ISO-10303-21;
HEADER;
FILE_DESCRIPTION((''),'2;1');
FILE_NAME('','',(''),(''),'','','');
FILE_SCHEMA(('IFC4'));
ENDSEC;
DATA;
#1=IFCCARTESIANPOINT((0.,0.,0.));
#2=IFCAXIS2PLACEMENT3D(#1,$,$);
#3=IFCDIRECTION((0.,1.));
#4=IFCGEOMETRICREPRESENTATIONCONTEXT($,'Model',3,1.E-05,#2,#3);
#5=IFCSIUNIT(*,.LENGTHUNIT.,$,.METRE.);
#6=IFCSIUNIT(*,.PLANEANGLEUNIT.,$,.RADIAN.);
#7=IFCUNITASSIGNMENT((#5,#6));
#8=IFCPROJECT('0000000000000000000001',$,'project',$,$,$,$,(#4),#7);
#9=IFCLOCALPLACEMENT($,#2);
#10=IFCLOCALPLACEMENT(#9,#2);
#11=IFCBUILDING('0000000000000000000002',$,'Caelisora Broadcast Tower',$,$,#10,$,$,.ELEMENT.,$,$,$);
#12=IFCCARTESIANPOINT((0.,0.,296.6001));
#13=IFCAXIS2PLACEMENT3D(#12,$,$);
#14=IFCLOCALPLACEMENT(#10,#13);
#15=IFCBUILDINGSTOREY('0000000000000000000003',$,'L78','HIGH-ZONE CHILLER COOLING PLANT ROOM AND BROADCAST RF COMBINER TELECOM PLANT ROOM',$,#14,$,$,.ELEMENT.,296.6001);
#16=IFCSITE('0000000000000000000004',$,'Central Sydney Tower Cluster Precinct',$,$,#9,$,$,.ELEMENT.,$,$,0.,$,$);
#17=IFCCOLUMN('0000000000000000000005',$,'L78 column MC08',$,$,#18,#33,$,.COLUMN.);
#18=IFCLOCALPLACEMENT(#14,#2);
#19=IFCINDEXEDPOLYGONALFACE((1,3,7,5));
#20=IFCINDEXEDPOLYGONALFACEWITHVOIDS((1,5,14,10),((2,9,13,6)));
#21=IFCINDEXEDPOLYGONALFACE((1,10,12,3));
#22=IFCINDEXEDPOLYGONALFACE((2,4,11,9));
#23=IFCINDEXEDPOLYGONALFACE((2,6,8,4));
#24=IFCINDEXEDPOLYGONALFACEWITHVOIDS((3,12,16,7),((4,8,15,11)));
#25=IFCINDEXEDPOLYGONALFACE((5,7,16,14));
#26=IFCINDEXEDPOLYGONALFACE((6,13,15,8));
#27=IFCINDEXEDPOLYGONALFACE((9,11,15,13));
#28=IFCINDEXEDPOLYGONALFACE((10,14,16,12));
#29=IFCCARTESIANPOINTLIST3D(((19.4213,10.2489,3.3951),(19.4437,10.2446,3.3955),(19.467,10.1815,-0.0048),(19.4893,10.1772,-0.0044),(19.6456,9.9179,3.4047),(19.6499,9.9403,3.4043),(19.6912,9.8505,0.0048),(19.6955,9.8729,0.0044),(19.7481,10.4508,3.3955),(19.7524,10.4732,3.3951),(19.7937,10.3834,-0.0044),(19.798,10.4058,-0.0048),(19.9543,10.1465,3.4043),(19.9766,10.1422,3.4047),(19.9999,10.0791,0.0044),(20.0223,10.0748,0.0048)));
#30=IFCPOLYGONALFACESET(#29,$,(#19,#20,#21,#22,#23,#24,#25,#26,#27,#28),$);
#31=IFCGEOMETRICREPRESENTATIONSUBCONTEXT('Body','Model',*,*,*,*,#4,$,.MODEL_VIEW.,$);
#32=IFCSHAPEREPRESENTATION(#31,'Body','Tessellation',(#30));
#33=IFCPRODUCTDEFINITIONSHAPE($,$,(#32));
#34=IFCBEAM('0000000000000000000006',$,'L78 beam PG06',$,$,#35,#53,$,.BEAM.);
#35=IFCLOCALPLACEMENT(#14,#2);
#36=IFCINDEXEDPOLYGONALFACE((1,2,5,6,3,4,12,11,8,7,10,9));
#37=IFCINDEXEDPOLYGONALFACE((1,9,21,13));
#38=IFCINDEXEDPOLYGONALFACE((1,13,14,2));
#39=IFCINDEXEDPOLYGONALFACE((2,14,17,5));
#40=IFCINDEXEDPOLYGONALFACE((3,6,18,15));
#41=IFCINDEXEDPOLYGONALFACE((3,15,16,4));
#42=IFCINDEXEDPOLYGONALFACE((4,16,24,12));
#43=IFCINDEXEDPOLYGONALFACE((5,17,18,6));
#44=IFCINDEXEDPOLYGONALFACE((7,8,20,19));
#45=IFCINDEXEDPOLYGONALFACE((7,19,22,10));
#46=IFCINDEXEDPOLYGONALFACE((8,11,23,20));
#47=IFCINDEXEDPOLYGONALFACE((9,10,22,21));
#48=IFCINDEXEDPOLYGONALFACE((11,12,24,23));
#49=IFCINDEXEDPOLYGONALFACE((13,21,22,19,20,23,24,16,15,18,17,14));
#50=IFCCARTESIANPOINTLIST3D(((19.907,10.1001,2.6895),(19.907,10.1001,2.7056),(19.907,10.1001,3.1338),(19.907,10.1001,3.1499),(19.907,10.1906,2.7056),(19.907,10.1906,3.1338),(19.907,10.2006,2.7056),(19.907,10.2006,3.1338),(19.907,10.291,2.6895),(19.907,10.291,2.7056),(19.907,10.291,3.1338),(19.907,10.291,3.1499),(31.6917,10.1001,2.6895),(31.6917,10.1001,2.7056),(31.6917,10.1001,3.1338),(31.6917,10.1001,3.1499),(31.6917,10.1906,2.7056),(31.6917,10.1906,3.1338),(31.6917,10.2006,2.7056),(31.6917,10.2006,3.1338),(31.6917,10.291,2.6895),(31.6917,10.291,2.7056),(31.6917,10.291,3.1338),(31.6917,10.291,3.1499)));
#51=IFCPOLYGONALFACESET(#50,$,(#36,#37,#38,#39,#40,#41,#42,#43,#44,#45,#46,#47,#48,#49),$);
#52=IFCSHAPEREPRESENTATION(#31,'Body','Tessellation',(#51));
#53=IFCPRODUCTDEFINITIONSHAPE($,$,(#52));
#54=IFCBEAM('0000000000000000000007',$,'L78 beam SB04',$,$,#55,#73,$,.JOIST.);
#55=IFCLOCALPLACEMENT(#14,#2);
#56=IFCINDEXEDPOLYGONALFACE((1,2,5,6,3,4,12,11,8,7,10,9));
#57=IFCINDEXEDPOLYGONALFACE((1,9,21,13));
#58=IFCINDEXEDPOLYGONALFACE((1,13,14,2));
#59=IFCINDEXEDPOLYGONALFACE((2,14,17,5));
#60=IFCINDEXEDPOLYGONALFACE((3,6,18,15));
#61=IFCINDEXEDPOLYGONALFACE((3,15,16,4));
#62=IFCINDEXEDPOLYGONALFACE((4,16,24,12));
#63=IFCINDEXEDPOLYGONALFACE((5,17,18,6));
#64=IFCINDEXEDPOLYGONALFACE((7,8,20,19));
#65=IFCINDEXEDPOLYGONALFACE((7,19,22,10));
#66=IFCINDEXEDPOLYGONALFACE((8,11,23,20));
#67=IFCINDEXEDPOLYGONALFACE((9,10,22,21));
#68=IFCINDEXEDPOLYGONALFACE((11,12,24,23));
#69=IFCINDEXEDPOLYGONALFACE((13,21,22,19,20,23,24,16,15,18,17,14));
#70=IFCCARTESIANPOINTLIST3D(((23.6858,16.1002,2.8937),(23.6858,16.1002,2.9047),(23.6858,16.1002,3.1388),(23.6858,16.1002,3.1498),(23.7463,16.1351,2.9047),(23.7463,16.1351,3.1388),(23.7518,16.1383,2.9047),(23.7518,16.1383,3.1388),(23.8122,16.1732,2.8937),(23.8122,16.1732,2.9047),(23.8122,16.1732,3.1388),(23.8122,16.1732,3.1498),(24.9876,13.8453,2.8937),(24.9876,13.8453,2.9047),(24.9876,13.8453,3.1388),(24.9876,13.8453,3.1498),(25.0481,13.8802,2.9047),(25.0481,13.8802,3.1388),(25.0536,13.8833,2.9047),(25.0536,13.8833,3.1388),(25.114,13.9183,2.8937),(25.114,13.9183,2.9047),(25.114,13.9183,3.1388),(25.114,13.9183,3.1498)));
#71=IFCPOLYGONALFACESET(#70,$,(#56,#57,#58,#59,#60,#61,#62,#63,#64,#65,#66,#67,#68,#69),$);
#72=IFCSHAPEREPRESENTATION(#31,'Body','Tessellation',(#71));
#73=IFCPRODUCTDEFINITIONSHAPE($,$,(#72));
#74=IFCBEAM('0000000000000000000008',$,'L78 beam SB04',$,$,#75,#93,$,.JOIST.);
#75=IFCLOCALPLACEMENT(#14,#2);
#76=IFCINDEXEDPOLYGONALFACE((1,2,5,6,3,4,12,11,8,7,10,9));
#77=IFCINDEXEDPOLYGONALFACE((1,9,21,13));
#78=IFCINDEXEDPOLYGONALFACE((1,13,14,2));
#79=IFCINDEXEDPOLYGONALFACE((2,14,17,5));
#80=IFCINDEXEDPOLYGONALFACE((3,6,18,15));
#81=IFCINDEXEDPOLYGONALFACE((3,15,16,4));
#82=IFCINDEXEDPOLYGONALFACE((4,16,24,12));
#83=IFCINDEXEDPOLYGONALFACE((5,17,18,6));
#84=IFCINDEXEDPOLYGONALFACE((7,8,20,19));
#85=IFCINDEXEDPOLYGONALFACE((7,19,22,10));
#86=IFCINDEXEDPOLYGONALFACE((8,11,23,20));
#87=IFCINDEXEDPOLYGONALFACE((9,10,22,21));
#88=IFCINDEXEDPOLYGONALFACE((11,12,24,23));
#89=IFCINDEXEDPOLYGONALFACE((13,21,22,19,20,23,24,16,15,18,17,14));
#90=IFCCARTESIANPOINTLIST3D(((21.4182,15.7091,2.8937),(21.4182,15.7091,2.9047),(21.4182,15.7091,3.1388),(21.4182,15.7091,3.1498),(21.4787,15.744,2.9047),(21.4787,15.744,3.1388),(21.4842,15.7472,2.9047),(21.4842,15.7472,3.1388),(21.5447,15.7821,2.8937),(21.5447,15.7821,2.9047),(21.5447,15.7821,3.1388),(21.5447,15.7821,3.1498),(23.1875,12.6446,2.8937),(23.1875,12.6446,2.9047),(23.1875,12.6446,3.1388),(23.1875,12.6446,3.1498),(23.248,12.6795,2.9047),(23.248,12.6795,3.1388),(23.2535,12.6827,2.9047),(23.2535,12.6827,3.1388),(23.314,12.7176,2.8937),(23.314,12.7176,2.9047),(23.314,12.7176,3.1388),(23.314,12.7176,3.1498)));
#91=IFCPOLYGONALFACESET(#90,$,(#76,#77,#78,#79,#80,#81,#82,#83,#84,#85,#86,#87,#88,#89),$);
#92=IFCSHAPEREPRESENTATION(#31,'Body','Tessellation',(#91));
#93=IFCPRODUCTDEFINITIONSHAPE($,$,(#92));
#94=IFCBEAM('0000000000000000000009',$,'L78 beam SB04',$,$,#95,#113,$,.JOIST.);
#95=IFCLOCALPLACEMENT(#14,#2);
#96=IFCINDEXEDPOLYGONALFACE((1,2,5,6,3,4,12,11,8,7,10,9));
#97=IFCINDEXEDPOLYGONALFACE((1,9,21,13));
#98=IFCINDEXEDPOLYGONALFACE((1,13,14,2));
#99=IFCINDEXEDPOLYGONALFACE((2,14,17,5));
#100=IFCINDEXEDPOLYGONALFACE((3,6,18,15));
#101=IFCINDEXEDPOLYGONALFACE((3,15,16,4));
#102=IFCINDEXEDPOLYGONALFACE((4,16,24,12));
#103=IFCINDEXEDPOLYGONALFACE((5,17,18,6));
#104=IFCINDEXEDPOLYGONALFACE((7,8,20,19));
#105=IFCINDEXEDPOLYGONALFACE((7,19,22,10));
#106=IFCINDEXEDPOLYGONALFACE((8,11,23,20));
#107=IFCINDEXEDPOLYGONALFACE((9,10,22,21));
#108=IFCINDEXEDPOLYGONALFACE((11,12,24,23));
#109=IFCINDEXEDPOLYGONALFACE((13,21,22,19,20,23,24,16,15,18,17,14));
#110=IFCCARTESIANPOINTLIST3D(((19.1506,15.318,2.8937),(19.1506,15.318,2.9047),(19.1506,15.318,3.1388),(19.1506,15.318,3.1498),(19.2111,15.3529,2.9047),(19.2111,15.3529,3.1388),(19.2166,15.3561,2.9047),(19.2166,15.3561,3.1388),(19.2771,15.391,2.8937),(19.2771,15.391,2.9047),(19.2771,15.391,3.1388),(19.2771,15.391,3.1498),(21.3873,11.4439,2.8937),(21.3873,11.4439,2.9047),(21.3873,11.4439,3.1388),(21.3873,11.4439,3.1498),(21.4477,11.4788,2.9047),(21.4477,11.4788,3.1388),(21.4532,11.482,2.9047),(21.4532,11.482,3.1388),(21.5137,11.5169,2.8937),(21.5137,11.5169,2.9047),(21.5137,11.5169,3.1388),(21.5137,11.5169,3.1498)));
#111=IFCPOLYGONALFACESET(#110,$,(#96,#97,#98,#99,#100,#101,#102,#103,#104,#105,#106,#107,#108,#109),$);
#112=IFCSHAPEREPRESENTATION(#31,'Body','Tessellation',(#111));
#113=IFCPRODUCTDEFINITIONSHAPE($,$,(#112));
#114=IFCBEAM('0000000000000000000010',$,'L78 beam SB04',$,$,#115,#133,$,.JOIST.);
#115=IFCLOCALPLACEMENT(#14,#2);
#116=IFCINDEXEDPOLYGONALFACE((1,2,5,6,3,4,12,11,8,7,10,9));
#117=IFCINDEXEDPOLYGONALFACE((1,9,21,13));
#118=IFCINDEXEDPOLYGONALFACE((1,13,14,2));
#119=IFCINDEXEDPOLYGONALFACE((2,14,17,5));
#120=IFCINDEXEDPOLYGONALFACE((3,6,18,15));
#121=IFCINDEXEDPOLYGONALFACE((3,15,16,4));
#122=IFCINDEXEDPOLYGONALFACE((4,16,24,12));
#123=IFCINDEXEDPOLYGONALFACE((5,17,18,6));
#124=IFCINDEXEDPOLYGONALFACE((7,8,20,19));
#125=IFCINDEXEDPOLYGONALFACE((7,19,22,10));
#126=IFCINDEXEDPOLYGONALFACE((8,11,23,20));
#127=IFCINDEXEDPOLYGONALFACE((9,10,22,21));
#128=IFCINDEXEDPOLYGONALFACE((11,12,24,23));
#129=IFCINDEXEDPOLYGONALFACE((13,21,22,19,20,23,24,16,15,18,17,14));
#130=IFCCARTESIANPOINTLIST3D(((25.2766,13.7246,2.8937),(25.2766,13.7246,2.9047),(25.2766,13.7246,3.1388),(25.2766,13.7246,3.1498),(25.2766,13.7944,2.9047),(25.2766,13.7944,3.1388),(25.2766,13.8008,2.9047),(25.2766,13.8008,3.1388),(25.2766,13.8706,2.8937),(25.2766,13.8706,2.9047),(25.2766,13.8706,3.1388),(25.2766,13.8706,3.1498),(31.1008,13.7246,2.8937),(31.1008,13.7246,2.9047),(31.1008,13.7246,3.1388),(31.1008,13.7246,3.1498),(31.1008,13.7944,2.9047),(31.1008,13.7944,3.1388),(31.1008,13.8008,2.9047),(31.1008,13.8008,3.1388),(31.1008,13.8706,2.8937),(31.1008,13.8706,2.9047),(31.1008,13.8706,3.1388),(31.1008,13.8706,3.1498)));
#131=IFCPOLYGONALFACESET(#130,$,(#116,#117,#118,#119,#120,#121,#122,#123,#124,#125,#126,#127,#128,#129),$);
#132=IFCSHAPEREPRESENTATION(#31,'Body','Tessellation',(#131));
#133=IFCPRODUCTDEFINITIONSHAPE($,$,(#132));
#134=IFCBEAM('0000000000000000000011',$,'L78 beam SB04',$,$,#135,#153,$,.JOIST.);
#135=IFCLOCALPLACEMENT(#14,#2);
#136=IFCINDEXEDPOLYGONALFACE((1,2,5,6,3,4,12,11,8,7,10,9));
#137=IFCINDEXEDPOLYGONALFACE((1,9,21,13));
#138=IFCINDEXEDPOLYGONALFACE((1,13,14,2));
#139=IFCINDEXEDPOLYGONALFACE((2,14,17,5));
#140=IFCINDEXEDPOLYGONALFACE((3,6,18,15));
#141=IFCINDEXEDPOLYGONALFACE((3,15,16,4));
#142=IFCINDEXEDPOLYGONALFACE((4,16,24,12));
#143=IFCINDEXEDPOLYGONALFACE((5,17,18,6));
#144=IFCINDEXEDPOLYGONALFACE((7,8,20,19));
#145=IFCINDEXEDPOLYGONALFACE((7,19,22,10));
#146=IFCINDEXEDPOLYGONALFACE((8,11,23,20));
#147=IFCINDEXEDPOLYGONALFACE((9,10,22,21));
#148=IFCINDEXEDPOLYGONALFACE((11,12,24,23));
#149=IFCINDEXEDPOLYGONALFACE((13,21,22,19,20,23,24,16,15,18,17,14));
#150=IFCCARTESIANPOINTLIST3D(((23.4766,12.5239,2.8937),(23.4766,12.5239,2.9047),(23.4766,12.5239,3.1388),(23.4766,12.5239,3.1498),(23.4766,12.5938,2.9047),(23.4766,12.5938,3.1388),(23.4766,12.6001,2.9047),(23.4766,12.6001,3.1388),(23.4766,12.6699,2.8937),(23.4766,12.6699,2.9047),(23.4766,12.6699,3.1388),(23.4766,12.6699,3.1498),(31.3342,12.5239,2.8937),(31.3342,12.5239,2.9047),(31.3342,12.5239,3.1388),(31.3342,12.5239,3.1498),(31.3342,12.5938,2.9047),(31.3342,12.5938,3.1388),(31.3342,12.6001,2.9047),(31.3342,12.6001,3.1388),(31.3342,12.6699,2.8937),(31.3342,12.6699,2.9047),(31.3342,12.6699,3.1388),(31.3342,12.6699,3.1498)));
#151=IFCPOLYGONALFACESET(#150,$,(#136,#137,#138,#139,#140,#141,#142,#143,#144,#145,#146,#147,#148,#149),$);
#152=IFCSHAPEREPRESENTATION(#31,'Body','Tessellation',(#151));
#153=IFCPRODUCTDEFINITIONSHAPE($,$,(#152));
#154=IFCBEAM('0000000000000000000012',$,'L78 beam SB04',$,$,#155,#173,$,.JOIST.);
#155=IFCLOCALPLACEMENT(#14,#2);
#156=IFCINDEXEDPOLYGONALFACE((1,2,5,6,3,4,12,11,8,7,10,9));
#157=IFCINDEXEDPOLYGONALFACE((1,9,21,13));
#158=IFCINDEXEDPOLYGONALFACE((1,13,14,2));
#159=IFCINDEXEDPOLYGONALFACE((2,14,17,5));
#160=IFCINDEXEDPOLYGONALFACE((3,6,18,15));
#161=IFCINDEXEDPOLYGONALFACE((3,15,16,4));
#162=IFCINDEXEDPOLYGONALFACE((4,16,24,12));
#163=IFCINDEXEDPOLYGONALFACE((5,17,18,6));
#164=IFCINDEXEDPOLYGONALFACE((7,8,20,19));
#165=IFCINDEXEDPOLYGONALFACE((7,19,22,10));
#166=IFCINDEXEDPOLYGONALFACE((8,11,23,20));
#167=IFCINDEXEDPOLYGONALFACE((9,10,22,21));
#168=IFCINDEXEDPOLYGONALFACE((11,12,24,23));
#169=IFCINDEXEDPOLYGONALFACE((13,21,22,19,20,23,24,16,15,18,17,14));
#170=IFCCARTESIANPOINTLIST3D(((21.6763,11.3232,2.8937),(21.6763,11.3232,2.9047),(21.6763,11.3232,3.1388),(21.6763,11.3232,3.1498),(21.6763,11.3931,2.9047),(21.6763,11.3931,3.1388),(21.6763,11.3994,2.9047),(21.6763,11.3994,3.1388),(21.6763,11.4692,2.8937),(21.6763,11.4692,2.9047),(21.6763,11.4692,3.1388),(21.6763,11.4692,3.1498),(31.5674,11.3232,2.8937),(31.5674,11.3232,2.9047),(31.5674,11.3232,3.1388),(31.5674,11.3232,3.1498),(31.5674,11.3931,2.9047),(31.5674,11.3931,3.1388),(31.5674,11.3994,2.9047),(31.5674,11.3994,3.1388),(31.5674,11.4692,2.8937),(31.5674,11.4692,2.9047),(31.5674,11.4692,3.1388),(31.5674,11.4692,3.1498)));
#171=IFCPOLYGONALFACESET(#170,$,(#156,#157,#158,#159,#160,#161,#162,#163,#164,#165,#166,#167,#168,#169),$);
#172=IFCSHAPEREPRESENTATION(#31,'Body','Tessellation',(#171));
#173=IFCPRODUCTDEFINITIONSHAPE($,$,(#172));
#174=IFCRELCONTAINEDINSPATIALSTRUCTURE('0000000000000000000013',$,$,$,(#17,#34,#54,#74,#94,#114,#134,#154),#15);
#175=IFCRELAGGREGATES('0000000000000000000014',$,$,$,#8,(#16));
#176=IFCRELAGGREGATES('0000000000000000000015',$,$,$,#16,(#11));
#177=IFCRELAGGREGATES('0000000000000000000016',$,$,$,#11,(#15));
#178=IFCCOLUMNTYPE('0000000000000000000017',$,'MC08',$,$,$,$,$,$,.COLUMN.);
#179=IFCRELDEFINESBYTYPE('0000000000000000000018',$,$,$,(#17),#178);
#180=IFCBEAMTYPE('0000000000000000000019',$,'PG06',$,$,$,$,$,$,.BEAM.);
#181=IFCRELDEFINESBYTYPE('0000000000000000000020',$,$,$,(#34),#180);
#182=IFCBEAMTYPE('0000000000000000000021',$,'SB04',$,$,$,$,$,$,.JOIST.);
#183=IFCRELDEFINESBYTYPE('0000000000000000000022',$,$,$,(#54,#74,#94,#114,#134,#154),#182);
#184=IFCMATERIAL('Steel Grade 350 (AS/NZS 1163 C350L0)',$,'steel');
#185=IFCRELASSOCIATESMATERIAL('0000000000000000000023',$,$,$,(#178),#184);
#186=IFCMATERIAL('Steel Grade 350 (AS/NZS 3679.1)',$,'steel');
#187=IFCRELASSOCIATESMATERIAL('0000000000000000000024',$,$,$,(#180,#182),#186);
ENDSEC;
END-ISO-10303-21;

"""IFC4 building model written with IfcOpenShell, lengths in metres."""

from ifc_helpers import new_model, si_unit, direction, frame, origin, origin_2d, place, context, subcontext, project, spatial, hollow_rectangle, i_section, extrude, source, transform, mapped, material, material_profile, profile_set, type_object, type_shapes, element, save


model = new_model("IFC4")

# Units and contexts
model_context = context("Model", 3, precision=1e-05, world=origin(), true_north=direction((0.0, 1.0)))
body_context = subcontext(model_context, "Body", "Model", "MODEL_VIEW")
ifc_project = project(units=[si_unit("LENGTHUNIT", "METRE"), si_unit("PLANEANGLEUNIT", "RADIAN")], contexts=[model_context])

# Site, building, storey
site_placement = place(None, origin())
site = spatial("IfcSite", under=ifc_project, at=site_placement, Name="Central Sydney Tower Cluster Precinct", CompositionType="ELEMENT", RefElevation=0.0)
building_placement = place(site_placement, origin())
building = spatial("IfcBuilding", under=site, at=building_placement, Name="Caelisora Broadcast Tower", CompositionType="ELEMENT")
storey_placement = place(building_placement, frame((0.0, 0.0, 296.6001)))
storey = spatial("IfcBuildingStorey", under=building, at=storey_placement, Name="L78", Description="HIGH-ZONE CHILLER COOLING PLANT ROOM AND BROADCAST RF COMBINER TELECOM PLANT ROOM", CompositionType="ELEMENT", Elevation=296.6001)

# Column
ifc_material_1 = material(Name="Steel Grade 350 (AS/NZS 1163 C350L0)", Category="steel")
ifc_material_profile_1 = material_profile(ifc_material_1, hollow_rectangle(XDim=0.3999, YDim=0.3999, WallThickness=0.0161, at=origin_2d()), Name="Steel Grade 350 (AS/NZS 1163 C350L0)")
ifc_profile_set_1 = profile_set([ifc_material_profile_1], Name="Steel Grade 350 (AS/NZS 1163 C350L0)")
column_type = type_object("IfcColumnType", Name="MC08", PredefinedType="COLUMN", material=ifc_profile_set_1)
shared_shape_1 = source(origin(), body_context, "Body", "SweptSolid", [
    extrude(hollow_rectangle(XDim=0.3999, YDim=0.3999, WallThickness=0.0161, at=origin_2d()), origin(), (0.0, 0.0, 1.0), 3.4009),
])
type_shapes(column_type, [shared_shape_1])
column_placement = place(storey_placement, frame((19.7446, 10.1282, 0.0), z_axis=(-0.013424, 0.019813, 0.999714), x_axis=(-0.827874, -0.560914, 0.0)))
element("IfcColumn", 1, at=column_placement, inside=storey, type_object=column_type, Name="L78 column MC08", PredefinedType="COLUMN", context=body_context, shape_type="MappedRepresentation", body=[
    mapped(shared_shape_1, transform((0.0, 0.0, 0.0), scale=1.0)),
])

# Beams
ifc_material_2 = material(Name="Steel Grade 350 (AS/NZS 3679.1)", Category="steel")
ifc_material_profile_2 = material_profile(ifc_material_2, i_section(OverallWidth=0.1909, OverallDepth=0.4604, WebThickness=0.01, FlangeThickness=0.0161, at=origin_2d()), Name="Steel Grade 350 (AS/NZS 3679.1)")
ifc_profile_set_2 = profile_set([ifc_material_profile_2], Name="Steel Grade 350 (AS/NZS 3679.1)")
beam_type_1 = type_object("IfcBeamType", Name="PG06", PredefinedType="BEAM", material=ifc_profile_set_2)
shared_shape_2 = source(origin(), body_context, "Body", "SweptSolid", [
    extrude(i_section(OverallWidth=0.1909, OverallDepth=0.4604, WebThickness=0.01, FlangeThickness=0.0161, at=origin_2d()), origin(), (0.0, 0.0, 1.0), 11.7847),
])
type_shapes(beam_type_1, [shared_shape_2])
beam_1_placement = place(storey_placement, frame((19.907, 10.1956, 2.9197), z_axis=(1.0, 0.0, 0.0), x_axis=(0.0, 1.0, 0.0)))
element("IfcBeam", 2, at=beam_1_placement, inside=storey, type_object=beam_type_1, Name="L78 beam PG06", PredefinedType="BEAM", context=body_context, shape_type="MappedRepresentation", body=[
    mapped(shared_shape_2, transform((0.0, 0.0, 0.0), scale=1.0)),
])
ifc_material_profile_3 = material_profile(ifc_material_2, i_section(OverallWidth=0.146, OverallDepth=0.2561, WebThickness=0.0063, FlangeThickness=0.011, at=origin_2d()), Name="Steel Grade 350 (AS/NZS 3679.1)")
ifc_profile_set_3 = profile_set([ifc_material_profile_3], Name="Steel Grade 350 (AS/NZS 3679.1)")
beam_type_2 = type_object("IfcBeamType", Name="SB04", PredefinedType="JOIST", material=ifc_profile_set_3)
shared_shape_3 = source(origin(), body_context, "Body", "SweptSolid", [
    extrude(i_section(OverallWidth=0.146, OverallDepth=0.2561, WebThickness=0.0063, FlangeThickness=0.011, at=origin_2d()), origin(), (0.0, 0.0, 1.0), 2.6038),
])
beam_2_placement = place(storey_placement, frame((23.749, 16.1367, 3.0217), z_axis=(0.499971, -0.866042, 0.0), x_axis=(0.866042, 0.499971, 0.0)))
element("IfcBeam", 3, at=beam_2_placement, inside=storey, type_object=beam_type_2, Name="L78 beam SB04", PredefinedType="JOIST", context=body_context, shape_type="MappedRepresentation", body=[
    mapped(shared_shape_3, transform((0.0, 0.0, 0.0), scale=1.0)),
])
shared_shape_4 = source(origin(), body_context, "Body", "SweptSolid", [
    extrude(i_section(OverallWidth=0.146, OverallDepth=0.2561, WebThickness=0.0063, FlangeThickness=0.011, at=origin_2d()), origin(), (0.0, 0.0, 1.0), 3.5386),
])
beam_3_placement = place(storey_placement, frame((21.4814, 15.7456, 3.0217), z_axis=(0.500005, -0.866022, 0.0), x_axis=(0.866022, 0.500005, 0.0)))
element("IfcBeam", 4, at=beam_3_placement, inside=storey, type_object=beam_type_2, Name="L78 beam SB04", PredefinedType="JOIST", context=body_context, shape_type="MappedRepresentation", body=[
    mapped(shared_shape_4, transform((0.0, 0.0, 0.0), scale=1.0)),
])
shared_shape_5 = source(origin(), body_context, "Body", "SweptSolid", [
    extrude(i_section(OverallWidth=0.146, OverallDepth=0.2561, WebThickness=0.0063, FlangeThickness=0.011, at=origin_2d()), origin(), (0.0, 0.0, 1.0), 4.4734),
])
beam_4_placement = place(storey_placement, frame((19.2139, 15.3545, 3.0217), z_axis=(0.499984, -0.866035, 0.0), x_axis=(0.866035, 0.499984, 0.0)))
element("IfcBeam", 5, at=beam_4_placement, inside=storey, type_object=beam_type_2, Name="L78 beam SB04", PredefinedType="JOIST", context=body_context, shape_type="MappedRepresentation", body=[
    mapped(shared_shape_5, transform((0.0, 0.0, 0.0), scale=1.0)),
])
shared_shape_6 = source(origin(), body_context, "Body", "SweptSolid", [
    extrude(i_section(OverallWidth=0.146, OverallDepth=0.2561, WebThickness=0.0063, FlangeThickness=0.011, at=origin_2d()), origin(), (0.0, 0.0, 1.0), 5.8242),
])
beam_5_placement = place(storey_placement, frame((25.2766, 13.7976, 3.0217), z_axis=(1.0, 0.0, 0.0), x_axis=(0.0, 1.0, 0.0)))
element("IfcBeam", 6, at=beam_5_placement, inside=storey, type_object=beam_type_2, Name="L78 beam SB04", PredefinedType="JOIST", context=body_context, shape_type="MappedRepresentation", body=[
    mapped(shared_shape_6, transform((0.0, 0.0, 0.0), scale=1.0)),
])
shared_shape_7 = source(origin(), body_context, "Body", "SweptSolid", [
    extrude(i_section(OverallWidth=0.146, OverallDepth=0.2561, WebThickness=0.0063, FlangeThickness=0.011, at=origin_2d()), origin(), (0.0, 0.0, 1.0), 7.8577),
])
beam_6_placement = place(storey_placement, frame((23.4766, 12.5969, 3.0217), z_axis=(1.0, 0.0, 0.0), x_axis=(0.0, 1.0, 0.0)))
element("IfcBeam", 7, at=beam_6_placement, inside=storey, type_object=beam_type_2, Name="L78 beam SB04", PredefinedType="JOIST", context=body_context, shape_type="MappedRepresentation", body=[
    mapped(shared_shape_7, transform((0.0, 0.0, 0.0), scale=1.0)),
])
shared_shape_8 = source(origin(), body_context, "Body", "SweptSolid", [
    extrude(i_section(OverallWidth=0.146, OverallDepth=0.2561, WebThickness=0.0063, FlangeThickness=0.011, at=origin_2d()), origin(), (0.0, 0.0, 1.0), 9.8911),
])
type_shapes(beam_type_2, [shared_shape_3, shared_shape_4, shared_shape_5, shared_shape_6, shared_shape_7, shared_shape_8])
beam_7_placement = place(storey_placement, frame((21.6763, 11.3962, 3.0217), z_axis=(1.0, 0.0, 0.0), x_axis=(0.0, 1.0, 0.0)))
element("IfcBeam", 8, at=beam_7_placement, inside=storey, type_object=beam_type_2, Name="L78 beam SB04", PredefinedType="JOIST", context=body_context, shape_type="MappedRepresentation", body=[
    mapped(shared_shape_8, transform((0.0, 0.0, 0.0), scale=1.0)),
])

save(model, "model.ifc")
